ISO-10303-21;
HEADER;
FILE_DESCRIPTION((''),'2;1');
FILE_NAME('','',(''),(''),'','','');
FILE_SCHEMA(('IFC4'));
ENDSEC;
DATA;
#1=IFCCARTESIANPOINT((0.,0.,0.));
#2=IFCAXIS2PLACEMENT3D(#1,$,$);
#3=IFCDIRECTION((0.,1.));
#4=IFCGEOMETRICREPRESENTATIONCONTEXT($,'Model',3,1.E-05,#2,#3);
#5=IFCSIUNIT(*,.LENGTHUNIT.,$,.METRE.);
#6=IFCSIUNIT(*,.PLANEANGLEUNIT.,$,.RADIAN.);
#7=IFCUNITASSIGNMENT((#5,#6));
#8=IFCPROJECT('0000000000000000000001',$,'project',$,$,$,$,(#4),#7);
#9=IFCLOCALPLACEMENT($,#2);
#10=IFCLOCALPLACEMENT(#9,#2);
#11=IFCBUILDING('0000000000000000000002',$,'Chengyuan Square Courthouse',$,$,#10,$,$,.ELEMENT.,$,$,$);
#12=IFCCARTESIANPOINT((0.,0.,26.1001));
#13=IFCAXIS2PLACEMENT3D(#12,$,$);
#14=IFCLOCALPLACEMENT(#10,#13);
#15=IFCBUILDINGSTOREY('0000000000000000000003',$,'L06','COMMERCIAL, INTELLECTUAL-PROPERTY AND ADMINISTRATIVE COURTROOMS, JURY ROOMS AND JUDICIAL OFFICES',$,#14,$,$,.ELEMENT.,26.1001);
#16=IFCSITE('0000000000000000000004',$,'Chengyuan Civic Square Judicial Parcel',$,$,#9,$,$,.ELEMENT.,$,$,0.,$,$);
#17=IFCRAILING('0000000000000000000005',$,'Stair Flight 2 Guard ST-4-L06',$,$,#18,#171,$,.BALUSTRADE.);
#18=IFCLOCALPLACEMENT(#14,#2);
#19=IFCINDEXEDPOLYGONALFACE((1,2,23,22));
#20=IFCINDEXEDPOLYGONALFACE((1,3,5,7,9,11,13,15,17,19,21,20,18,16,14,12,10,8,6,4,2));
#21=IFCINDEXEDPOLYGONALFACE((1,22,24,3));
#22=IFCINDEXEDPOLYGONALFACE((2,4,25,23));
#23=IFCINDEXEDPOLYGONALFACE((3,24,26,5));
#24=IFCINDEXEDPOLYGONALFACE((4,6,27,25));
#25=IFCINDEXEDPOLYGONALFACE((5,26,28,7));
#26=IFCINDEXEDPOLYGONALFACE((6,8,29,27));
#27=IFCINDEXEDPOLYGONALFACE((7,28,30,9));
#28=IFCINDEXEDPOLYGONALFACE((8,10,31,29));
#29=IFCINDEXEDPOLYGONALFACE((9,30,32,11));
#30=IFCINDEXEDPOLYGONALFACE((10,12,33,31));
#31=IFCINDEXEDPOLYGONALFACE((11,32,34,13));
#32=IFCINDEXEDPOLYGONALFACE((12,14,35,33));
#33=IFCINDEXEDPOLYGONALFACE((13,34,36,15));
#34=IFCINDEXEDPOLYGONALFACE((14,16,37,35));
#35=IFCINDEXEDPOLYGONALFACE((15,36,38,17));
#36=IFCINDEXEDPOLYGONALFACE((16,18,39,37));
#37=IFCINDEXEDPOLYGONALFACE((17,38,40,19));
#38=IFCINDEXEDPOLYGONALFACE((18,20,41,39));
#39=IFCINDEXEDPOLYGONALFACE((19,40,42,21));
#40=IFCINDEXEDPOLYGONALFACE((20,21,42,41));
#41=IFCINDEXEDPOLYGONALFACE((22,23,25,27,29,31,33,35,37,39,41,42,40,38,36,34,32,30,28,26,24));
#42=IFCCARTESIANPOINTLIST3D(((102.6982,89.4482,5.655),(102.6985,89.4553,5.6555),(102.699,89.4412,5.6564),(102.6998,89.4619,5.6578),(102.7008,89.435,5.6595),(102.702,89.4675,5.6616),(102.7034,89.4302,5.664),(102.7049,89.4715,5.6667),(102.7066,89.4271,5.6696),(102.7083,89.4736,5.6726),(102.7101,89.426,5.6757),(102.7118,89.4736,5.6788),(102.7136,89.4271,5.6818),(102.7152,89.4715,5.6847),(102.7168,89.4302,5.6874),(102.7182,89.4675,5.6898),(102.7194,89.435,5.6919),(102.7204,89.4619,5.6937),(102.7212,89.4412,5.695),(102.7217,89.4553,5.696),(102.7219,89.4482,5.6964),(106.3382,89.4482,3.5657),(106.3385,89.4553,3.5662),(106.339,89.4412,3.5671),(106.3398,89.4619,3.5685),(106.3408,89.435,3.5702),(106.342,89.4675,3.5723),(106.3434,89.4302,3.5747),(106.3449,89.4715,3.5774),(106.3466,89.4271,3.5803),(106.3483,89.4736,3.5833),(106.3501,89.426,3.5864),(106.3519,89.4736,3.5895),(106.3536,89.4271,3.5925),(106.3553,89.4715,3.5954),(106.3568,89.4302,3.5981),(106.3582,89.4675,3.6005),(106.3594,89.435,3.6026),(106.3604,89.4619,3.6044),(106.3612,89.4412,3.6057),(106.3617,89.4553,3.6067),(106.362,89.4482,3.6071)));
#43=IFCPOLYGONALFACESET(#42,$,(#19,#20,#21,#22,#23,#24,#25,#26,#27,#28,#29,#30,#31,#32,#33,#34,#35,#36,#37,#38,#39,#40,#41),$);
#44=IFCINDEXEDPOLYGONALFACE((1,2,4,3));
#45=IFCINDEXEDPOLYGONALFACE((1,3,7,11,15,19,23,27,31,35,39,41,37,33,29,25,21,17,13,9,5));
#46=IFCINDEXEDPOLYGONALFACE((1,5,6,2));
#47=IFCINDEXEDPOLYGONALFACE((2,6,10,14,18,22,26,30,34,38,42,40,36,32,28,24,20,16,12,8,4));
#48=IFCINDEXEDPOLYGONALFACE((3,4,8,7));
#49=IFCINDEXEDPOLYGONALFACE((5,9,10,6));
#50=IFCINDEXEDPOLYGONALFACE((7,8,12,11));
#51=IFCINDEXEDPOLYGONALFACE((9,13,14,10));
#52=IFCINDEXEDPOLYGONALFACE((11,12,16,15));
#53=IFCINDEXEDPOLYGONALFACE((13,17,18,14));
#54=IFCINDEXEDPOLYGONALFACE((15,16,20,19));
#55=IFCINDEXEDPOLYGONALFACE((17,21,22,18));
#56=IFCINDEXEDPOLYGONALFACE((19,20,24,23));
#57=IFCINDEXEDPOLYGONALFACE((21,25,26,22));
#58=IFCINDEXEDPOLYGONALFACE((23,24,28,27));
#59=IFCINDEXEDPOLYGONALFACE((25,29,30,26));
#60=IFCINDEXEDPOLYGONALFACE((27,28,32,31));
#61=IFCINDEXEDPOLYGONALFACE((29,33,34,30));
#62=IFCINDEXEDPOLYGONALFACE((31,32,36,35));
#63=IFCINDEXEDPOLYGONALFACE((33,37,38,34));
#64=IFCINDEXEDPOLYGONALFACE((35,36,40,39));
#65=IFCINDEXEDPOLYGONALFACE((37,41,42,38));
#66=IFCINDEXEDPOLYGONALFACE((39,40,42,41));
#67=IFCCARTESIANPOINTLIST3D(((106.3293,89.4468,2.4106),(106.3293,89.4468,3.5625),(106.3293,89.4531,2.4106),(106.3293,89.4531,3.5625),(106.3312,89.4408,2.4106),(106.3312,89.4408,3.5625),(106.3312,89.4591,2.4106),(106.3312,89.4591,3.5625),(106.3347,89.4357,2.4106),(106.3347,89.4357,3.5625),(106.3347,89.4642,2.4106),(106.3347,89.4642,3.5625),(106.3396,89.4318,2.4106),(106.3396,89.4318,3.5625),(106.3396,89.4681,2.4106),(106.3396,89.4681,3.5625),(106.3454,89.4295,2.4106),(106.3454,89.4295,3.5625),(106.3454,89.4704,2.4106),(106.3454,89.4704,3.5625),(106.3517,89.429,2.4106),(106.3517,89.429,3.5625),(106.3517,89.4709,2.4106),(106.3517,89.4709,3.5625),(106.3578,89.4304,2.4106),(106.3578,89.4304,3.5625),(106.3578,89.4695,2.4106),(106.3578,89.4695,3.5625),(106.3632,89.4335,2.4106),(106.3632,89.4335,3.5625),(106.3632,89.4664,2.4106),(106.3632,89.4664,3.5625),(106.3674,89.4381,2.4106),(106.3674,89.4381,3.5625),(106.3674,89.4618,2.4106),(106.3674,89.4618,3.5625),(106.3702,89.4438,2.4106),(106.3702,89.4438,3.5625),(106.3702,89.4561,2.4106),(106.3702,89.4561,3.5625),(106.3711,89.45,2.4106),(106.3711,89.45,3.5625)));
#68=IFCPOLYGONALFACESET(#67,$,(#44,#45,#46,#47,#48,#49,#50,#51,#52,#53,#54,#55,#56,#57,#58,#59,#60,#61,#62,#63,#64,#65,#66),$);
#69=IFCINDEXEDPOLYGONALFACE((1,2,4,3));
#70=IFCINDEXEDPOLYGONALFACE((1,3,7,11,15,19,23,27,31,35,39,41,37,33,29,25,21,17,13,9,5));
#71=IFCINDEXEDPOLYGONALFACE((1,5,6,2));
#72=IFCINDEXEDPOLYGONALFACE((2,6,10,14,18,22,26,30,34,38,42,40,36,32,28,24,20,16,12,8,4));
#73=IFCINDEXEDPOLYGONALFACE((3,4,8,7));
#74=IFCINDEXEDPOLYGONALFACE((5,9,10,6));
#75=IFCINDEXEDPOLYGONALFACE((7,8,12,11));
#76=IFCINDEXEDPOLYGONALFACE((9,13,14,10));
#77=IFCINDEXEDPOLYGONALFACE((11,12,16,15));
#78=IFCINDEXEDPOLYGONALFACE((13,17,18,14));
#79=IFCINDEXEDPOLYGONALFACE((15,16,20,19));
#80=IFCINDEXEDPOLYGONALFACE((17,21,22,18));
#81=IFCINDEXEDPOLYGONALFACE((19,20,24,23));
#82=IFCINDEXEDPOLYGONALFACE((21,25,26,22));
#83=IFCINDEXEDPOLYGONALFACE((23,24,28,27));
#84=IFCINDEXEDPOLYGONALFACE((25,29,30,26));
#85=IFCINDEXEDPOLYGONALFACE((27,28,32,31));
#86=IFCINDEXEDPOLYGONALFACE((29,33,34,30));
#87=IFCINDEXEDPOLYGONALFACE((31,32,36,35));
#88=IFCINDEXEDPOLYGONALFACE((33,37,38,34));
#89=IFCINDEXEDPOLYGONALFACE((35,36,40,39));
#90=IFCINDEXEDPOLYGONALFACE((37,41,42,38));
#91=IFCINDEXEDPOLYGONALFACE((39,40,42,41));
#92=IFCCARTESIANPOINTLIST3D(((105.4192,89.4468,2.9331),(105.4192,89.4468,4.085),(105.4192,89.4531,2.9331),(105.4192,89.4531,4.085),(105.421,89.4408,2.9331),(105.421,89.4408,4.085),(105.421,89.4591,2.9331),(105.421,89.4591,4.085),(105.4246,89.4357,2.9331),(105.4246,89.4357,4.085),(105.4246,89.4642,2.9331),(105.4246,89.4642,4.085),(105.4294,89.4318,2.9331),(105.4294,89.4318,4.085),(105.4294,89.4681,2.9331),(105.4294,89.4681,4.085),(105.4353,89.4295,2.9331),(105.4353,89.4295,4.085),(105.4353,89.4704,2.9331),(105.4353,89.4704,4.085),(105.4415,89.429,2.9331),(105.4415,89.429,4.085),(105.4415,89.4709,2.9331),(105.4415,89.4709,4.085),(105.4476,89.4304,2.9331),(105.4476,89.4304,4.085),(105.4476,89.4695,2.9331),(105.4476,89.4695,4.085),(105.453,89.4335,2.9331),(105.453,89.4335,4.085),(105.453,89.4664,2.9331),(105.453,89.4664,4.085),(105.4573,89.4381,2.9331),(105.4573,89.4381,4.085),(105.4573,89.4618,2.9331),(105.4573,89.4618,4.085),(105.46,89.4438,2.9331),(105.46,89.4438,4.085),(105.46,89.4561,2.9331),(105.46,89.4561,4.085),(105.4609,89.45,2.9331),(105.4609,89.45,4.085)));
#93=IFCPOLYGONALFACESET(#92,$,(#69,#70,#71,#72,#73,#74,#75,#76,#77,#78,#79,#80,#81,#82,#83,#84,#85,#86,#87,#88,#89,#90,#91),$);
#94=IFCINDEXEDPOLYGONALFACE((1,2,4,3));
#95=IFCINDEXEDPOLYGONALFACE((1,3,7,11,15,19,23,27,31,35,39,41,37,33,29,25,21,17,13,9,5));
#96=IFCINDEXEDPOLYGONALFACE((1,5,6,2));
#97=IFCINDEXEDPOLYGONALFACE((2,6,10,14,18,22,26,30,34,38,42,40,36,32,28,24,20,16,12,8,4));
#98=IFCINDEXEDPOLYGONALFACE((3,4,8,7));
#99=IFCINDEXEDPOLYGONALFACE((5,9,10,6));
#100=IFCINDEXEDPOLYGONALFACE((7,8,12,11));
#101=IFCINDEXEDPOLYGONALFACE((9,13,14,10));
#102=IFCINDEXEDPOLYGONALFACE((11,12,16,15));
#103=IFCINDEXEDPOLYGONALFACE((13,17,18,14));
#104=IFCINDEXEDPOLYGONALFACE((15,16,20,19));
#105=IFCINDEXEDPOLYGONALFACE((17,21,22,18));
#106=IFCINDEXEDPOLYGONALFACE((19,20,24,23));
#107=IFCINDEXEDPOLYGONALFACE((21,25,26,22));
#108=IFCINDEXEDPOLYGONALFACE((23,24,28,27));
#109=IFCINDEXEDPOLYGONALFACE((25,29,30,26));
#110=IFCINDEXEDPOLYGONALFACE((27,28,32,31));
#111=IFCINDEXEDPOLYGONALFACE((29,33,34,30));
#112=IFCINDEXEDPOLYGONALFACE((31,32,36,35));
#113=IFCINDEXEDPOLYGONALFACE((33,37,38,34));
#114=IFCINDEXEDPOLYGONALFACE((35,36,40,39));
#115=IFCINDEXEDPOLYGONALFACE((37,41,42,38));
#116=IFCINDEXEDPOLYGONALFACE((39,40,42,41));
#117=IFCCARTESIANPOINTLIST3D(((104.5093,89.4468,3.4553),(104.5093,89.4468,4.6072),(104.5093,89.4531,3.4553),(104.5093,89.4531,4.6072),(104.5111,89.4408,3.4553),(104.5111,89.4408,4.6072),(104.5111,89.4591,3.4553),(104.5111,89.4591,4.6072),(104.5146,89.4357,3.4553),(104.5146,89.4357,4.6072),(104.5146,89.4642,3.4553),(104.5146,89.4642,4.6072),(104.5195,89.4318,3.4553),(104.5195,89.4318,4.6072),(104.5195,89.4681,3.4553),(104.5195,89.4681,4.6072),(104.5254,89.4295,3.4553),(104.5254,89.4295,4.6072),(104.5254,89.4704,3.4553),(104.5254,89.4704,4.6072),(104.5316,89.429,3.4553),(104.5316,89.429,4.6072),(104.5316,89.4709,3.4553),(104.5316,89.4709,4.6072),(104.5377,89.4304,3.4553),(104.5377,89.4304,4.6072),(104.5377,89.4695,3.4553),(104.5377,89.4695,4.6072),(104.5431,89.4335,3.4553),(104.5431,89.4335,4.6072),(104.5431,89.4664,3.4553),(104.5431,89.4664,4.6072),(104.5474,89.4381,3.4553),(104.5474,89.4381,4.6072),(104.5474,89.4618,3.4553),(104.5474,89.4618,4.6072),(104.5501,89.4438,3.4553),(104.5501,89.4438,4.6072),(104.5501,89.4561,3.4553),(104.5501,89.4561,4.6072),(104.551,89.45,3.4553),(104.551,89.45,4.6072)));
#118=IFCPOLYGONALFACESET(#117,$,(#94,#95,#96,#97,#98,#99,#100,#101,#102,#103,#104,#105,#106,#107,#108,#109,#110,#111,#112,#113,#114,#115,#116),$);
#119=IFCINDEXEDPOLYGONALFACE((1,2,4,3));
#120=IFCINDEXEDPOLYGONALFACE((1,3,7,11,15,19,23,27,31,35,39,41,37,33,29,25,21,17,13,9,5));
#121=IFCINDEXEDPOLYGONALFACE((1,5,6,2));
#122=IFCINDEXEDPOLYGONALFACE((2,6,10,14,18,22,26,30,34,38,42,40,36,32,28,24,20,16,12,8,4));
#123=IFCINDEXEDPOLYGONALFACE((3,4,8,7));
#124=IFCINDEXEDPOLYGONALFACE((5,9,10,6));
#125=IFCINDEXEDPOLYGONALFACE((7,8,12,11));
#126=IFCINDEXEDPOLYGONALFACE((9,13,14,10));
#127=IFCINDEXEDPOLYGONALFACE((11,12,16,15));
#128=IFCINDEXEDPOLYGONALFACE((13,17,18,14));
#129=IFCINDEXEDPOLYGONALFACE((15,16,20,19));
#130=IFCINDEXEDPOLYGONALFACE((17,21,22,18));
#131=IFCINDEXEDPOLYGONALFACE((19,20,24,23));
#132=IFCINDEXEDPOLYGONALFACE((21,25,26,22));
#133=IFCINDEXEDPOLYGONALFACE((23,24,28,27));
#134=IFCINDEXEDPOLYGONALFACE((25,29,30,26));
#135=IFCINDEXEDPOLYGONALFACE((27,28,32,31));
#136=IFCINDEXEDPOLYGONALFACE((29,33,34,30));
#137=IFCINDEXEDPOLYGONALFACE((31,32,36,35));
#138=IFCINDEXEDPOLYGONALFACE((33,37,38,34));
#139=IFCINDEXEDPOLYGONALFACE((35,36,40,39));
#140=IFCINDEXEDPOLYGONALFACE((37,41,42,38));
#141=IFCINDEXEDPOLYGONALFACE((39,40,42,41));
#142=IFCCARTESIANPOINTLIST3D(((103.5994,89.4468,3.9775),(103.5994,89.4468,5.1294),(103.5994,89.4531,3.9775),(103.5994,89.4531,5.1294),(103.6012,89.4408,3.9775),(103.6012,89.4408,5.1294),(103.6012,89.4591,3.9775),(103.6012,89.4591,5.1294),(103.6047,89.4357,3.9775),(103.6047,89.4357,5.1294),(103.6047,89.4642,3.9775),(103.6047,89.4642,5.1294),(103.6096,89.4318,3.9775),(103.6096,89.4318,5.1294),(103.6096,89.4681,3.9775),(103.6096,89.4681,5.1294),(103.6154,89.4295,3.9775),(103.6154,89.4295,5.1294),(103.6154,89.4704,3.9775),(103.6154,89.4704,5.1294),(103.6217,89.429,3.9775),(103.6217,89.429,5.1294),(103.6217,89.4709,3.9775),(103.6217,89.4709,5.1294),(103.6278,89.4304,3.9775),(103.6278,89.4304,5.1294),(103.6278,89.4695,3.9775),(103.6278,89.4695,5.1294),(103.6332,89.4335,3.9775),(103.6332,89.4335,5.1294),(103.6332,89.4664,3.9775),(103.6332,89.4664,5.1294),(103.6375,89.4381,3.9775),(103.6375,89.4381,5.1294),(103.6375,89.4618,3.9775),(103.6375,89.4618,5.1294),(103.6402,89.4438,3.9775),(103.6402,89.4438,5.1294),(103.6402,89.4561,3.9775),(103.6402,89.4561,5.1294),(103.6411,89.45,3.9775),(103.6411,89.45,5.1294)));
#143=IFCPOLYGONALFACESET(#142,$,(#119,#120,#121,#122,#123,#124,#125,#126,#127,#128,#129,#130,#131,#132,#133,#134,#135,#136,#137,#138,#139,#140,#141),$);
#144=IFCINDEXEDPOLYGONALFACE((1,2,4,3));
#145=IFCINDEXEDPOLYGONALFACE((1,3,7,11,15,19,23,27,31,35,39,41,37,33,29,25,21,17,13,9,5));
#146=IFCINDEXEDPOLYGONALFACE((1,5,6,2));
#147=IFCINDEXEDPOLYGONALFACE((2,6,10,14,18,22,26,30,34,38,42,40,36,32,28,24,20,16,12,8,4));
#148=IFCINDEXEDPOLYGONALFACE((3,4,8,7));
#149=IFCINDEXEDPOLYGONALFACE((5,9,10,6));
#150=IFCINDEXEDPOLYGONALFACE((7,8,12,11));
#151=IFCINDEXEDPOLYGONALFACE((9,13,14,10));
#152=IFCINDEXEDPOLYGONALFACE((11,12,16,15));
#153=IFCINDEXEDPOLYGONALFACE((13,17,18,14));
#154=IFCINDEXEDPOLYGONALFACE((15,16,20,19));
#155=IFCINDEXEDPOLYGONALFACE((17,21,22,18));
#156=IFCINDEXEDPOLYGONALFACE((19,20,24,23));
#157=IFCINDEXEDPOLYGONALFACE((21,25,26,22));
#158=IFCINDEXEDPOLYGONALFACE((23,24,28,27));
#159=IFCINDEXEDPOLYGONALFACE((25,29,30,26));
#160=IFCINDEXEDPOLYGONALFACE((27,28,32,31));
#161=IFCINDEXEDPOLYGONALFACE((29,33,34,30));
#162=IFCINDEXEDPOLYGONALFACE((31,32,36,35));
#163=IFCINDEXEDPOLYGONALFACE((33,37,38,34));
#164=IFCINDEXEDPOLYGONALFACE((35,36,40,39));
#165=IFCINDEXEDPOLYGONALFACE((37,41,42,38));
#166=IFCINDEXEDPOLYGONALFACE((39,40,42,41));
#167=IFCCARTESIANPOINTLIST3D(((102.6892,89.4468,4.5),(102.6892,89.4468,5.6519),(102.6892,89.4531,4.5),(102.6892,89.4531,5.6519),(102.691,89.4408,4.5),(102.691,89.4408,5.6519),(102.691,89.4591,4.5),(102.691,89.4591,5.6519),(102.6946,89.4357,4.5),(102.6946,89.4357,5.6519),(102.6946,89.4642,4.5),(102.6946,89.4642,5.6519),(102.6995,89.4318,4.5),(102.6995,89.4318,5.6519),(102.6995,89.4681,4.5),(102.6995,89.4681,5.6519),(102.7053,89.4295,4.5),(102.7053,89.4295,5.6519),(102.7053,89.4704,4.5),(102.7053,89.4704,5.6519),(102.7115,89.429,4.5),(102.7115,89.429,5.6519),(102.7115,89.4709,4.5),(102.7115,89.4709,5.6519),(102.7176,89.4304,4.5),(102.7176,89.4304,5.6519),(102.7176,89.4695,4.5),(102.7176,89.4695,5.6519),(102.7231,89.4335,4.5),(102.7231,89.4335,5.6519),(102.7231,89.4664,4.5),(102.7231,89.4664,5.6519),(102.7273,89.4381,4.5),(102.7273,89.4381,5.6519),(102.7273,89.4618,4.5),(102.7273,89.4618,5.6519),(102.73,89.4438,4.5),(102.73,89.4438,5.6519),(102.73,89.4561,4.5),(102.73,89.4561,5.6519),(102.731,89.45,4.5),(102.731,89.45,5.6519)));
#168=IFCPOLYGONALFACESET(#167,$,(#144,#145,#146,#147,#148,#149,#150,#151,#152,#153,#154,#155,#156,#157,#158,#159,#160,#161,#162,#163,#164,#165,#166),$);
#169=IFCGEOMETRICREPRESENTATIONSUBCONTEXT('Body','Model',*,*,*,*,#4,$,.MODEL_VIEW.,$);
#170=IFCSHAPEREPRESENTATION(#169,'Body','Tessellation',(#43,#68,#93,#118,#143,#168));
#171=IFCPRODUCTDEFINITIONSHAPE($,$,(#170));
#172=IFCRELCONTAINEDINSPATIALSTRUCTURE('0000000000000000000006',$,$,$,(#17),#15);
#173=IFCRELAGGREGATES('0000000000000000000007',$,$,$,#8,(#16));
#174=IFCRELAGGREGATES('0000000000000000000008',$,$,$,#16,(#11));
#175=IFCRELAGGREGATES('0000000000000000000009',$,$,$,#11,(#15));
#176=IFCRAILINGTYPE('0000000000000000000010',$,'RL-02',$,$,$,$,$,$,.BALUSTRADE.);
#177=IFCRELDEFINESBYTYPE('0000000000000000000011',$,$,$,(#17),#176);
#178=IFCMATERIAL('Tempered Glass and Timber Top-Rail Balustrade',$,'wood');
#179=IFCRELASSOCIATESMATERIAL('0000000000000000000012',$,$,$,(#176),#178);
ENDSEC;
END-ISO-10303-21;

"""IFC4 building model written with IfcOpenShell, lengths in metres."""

from ifc_helpers import new_model, si_unit, direction, frame, origin, origin_2d, place, context, subcontext, project, spatial, circle, extrude, material, type_object, element, save


model = new_model("IFC4")

# Units and contexts
model_context = context("Model", 3, precision=1e-05, world=origin(), true_north=direction((0.0, 1.0)))
body_context = subcontext(model_context, "Body", "Model", "MODEL_VIEW")
ifc_project = project(units=[si_unit("LENGTHUNIT", "METRE"), si_unit("PLANEANGLEUNIT", "RADIAN")], contexts=[model_context])

# Site, building, storey
site_placement = place(None, origin())
site = spatial("IfcSite", under=ifc_project, at=site_placement, Name="Chengyuan Civic Square Judicial Parcel", CompositionType="ELEMENT", RefElevation=0.0)
building_placement = place(site_placement, origin())
building = spatial("IfcBuilding", under=site, at=building_placement, Name="Chengyuan Square Courthouse", CompositionType="ELEMENT")
storey_placement = place(building_placement, frame((0.0, 0.0, 26.1001)))
storey = spatial("IfcBuildingStorey", under=building, at=storey_placement, Name="L06", Description="COMMERCIAL, INTELLECTUAL-PROPERTY AND ADMINISTRATIVE COURTROOMS, JURY ROOMS AND JUDICIAL OFFICES", CompositionType="ELEMENT", Elevation=26.1001)

# Railing
ifc_material_1 = material(Name="Tempered Glass and Timber Top-Rail Balustrade", Category="wood")
railing_type_1 = type_object("IfcRailingType", Name="RL-02", PredefinedType="BALUSTRADE", material=ifc_material_1)
railing_1_placement = place(storey_placement, frame((106.3501, 89.45, 2.4106)))
element("IfcRailing", 1, at=railing_1_placement, inside=storey, type_object=railing_type_1, Name="Stair Flight 2 Guard ST-4-L06", PredefinedType="BALUSTRADE", context=body_context, shape_type="SweptSolid", body=[
    extrude(circle(Radius=0.0239, at=origin_2d()), frame((0.0, 0.0, 1.1758), z_axis=(-0.867289, 0.0, 0.497804), x_axis=(0.0, -1.0, 0.0)), (0.0, 0.0, 1.0), 4.197),
    extrude(circle(Radius=0.021, at=origin_2d()), origin(), (0.0, 0.0, 1.0), 1.1519),
    extrude(circle(Radius=0.021, at=origin_2d()), frame((-0.9102, 0.0, 0.5225)), (0.0, 0.0, 1.0), 1.1519),
    extrude(circle(Radius=0.021, at=origin_2d()), frame((-1.8201, 0.0, 1.0447)), (0.0, 0.0, 1.0), 1.1519),
    extrude(circle(Radius=0.021, at=origin_2d()), frame((-2.73, 0.0, 1.5669)), (0.0, 0.0, 1.0), 1.1519),
    extrude(circle(Radius=0.021, at=origin_2d()), frame((-3.6401, 0.0, 2.0894)), (0.0, 0.0, 1.0), 1.1519),
])

save(model, "model.ifc")
